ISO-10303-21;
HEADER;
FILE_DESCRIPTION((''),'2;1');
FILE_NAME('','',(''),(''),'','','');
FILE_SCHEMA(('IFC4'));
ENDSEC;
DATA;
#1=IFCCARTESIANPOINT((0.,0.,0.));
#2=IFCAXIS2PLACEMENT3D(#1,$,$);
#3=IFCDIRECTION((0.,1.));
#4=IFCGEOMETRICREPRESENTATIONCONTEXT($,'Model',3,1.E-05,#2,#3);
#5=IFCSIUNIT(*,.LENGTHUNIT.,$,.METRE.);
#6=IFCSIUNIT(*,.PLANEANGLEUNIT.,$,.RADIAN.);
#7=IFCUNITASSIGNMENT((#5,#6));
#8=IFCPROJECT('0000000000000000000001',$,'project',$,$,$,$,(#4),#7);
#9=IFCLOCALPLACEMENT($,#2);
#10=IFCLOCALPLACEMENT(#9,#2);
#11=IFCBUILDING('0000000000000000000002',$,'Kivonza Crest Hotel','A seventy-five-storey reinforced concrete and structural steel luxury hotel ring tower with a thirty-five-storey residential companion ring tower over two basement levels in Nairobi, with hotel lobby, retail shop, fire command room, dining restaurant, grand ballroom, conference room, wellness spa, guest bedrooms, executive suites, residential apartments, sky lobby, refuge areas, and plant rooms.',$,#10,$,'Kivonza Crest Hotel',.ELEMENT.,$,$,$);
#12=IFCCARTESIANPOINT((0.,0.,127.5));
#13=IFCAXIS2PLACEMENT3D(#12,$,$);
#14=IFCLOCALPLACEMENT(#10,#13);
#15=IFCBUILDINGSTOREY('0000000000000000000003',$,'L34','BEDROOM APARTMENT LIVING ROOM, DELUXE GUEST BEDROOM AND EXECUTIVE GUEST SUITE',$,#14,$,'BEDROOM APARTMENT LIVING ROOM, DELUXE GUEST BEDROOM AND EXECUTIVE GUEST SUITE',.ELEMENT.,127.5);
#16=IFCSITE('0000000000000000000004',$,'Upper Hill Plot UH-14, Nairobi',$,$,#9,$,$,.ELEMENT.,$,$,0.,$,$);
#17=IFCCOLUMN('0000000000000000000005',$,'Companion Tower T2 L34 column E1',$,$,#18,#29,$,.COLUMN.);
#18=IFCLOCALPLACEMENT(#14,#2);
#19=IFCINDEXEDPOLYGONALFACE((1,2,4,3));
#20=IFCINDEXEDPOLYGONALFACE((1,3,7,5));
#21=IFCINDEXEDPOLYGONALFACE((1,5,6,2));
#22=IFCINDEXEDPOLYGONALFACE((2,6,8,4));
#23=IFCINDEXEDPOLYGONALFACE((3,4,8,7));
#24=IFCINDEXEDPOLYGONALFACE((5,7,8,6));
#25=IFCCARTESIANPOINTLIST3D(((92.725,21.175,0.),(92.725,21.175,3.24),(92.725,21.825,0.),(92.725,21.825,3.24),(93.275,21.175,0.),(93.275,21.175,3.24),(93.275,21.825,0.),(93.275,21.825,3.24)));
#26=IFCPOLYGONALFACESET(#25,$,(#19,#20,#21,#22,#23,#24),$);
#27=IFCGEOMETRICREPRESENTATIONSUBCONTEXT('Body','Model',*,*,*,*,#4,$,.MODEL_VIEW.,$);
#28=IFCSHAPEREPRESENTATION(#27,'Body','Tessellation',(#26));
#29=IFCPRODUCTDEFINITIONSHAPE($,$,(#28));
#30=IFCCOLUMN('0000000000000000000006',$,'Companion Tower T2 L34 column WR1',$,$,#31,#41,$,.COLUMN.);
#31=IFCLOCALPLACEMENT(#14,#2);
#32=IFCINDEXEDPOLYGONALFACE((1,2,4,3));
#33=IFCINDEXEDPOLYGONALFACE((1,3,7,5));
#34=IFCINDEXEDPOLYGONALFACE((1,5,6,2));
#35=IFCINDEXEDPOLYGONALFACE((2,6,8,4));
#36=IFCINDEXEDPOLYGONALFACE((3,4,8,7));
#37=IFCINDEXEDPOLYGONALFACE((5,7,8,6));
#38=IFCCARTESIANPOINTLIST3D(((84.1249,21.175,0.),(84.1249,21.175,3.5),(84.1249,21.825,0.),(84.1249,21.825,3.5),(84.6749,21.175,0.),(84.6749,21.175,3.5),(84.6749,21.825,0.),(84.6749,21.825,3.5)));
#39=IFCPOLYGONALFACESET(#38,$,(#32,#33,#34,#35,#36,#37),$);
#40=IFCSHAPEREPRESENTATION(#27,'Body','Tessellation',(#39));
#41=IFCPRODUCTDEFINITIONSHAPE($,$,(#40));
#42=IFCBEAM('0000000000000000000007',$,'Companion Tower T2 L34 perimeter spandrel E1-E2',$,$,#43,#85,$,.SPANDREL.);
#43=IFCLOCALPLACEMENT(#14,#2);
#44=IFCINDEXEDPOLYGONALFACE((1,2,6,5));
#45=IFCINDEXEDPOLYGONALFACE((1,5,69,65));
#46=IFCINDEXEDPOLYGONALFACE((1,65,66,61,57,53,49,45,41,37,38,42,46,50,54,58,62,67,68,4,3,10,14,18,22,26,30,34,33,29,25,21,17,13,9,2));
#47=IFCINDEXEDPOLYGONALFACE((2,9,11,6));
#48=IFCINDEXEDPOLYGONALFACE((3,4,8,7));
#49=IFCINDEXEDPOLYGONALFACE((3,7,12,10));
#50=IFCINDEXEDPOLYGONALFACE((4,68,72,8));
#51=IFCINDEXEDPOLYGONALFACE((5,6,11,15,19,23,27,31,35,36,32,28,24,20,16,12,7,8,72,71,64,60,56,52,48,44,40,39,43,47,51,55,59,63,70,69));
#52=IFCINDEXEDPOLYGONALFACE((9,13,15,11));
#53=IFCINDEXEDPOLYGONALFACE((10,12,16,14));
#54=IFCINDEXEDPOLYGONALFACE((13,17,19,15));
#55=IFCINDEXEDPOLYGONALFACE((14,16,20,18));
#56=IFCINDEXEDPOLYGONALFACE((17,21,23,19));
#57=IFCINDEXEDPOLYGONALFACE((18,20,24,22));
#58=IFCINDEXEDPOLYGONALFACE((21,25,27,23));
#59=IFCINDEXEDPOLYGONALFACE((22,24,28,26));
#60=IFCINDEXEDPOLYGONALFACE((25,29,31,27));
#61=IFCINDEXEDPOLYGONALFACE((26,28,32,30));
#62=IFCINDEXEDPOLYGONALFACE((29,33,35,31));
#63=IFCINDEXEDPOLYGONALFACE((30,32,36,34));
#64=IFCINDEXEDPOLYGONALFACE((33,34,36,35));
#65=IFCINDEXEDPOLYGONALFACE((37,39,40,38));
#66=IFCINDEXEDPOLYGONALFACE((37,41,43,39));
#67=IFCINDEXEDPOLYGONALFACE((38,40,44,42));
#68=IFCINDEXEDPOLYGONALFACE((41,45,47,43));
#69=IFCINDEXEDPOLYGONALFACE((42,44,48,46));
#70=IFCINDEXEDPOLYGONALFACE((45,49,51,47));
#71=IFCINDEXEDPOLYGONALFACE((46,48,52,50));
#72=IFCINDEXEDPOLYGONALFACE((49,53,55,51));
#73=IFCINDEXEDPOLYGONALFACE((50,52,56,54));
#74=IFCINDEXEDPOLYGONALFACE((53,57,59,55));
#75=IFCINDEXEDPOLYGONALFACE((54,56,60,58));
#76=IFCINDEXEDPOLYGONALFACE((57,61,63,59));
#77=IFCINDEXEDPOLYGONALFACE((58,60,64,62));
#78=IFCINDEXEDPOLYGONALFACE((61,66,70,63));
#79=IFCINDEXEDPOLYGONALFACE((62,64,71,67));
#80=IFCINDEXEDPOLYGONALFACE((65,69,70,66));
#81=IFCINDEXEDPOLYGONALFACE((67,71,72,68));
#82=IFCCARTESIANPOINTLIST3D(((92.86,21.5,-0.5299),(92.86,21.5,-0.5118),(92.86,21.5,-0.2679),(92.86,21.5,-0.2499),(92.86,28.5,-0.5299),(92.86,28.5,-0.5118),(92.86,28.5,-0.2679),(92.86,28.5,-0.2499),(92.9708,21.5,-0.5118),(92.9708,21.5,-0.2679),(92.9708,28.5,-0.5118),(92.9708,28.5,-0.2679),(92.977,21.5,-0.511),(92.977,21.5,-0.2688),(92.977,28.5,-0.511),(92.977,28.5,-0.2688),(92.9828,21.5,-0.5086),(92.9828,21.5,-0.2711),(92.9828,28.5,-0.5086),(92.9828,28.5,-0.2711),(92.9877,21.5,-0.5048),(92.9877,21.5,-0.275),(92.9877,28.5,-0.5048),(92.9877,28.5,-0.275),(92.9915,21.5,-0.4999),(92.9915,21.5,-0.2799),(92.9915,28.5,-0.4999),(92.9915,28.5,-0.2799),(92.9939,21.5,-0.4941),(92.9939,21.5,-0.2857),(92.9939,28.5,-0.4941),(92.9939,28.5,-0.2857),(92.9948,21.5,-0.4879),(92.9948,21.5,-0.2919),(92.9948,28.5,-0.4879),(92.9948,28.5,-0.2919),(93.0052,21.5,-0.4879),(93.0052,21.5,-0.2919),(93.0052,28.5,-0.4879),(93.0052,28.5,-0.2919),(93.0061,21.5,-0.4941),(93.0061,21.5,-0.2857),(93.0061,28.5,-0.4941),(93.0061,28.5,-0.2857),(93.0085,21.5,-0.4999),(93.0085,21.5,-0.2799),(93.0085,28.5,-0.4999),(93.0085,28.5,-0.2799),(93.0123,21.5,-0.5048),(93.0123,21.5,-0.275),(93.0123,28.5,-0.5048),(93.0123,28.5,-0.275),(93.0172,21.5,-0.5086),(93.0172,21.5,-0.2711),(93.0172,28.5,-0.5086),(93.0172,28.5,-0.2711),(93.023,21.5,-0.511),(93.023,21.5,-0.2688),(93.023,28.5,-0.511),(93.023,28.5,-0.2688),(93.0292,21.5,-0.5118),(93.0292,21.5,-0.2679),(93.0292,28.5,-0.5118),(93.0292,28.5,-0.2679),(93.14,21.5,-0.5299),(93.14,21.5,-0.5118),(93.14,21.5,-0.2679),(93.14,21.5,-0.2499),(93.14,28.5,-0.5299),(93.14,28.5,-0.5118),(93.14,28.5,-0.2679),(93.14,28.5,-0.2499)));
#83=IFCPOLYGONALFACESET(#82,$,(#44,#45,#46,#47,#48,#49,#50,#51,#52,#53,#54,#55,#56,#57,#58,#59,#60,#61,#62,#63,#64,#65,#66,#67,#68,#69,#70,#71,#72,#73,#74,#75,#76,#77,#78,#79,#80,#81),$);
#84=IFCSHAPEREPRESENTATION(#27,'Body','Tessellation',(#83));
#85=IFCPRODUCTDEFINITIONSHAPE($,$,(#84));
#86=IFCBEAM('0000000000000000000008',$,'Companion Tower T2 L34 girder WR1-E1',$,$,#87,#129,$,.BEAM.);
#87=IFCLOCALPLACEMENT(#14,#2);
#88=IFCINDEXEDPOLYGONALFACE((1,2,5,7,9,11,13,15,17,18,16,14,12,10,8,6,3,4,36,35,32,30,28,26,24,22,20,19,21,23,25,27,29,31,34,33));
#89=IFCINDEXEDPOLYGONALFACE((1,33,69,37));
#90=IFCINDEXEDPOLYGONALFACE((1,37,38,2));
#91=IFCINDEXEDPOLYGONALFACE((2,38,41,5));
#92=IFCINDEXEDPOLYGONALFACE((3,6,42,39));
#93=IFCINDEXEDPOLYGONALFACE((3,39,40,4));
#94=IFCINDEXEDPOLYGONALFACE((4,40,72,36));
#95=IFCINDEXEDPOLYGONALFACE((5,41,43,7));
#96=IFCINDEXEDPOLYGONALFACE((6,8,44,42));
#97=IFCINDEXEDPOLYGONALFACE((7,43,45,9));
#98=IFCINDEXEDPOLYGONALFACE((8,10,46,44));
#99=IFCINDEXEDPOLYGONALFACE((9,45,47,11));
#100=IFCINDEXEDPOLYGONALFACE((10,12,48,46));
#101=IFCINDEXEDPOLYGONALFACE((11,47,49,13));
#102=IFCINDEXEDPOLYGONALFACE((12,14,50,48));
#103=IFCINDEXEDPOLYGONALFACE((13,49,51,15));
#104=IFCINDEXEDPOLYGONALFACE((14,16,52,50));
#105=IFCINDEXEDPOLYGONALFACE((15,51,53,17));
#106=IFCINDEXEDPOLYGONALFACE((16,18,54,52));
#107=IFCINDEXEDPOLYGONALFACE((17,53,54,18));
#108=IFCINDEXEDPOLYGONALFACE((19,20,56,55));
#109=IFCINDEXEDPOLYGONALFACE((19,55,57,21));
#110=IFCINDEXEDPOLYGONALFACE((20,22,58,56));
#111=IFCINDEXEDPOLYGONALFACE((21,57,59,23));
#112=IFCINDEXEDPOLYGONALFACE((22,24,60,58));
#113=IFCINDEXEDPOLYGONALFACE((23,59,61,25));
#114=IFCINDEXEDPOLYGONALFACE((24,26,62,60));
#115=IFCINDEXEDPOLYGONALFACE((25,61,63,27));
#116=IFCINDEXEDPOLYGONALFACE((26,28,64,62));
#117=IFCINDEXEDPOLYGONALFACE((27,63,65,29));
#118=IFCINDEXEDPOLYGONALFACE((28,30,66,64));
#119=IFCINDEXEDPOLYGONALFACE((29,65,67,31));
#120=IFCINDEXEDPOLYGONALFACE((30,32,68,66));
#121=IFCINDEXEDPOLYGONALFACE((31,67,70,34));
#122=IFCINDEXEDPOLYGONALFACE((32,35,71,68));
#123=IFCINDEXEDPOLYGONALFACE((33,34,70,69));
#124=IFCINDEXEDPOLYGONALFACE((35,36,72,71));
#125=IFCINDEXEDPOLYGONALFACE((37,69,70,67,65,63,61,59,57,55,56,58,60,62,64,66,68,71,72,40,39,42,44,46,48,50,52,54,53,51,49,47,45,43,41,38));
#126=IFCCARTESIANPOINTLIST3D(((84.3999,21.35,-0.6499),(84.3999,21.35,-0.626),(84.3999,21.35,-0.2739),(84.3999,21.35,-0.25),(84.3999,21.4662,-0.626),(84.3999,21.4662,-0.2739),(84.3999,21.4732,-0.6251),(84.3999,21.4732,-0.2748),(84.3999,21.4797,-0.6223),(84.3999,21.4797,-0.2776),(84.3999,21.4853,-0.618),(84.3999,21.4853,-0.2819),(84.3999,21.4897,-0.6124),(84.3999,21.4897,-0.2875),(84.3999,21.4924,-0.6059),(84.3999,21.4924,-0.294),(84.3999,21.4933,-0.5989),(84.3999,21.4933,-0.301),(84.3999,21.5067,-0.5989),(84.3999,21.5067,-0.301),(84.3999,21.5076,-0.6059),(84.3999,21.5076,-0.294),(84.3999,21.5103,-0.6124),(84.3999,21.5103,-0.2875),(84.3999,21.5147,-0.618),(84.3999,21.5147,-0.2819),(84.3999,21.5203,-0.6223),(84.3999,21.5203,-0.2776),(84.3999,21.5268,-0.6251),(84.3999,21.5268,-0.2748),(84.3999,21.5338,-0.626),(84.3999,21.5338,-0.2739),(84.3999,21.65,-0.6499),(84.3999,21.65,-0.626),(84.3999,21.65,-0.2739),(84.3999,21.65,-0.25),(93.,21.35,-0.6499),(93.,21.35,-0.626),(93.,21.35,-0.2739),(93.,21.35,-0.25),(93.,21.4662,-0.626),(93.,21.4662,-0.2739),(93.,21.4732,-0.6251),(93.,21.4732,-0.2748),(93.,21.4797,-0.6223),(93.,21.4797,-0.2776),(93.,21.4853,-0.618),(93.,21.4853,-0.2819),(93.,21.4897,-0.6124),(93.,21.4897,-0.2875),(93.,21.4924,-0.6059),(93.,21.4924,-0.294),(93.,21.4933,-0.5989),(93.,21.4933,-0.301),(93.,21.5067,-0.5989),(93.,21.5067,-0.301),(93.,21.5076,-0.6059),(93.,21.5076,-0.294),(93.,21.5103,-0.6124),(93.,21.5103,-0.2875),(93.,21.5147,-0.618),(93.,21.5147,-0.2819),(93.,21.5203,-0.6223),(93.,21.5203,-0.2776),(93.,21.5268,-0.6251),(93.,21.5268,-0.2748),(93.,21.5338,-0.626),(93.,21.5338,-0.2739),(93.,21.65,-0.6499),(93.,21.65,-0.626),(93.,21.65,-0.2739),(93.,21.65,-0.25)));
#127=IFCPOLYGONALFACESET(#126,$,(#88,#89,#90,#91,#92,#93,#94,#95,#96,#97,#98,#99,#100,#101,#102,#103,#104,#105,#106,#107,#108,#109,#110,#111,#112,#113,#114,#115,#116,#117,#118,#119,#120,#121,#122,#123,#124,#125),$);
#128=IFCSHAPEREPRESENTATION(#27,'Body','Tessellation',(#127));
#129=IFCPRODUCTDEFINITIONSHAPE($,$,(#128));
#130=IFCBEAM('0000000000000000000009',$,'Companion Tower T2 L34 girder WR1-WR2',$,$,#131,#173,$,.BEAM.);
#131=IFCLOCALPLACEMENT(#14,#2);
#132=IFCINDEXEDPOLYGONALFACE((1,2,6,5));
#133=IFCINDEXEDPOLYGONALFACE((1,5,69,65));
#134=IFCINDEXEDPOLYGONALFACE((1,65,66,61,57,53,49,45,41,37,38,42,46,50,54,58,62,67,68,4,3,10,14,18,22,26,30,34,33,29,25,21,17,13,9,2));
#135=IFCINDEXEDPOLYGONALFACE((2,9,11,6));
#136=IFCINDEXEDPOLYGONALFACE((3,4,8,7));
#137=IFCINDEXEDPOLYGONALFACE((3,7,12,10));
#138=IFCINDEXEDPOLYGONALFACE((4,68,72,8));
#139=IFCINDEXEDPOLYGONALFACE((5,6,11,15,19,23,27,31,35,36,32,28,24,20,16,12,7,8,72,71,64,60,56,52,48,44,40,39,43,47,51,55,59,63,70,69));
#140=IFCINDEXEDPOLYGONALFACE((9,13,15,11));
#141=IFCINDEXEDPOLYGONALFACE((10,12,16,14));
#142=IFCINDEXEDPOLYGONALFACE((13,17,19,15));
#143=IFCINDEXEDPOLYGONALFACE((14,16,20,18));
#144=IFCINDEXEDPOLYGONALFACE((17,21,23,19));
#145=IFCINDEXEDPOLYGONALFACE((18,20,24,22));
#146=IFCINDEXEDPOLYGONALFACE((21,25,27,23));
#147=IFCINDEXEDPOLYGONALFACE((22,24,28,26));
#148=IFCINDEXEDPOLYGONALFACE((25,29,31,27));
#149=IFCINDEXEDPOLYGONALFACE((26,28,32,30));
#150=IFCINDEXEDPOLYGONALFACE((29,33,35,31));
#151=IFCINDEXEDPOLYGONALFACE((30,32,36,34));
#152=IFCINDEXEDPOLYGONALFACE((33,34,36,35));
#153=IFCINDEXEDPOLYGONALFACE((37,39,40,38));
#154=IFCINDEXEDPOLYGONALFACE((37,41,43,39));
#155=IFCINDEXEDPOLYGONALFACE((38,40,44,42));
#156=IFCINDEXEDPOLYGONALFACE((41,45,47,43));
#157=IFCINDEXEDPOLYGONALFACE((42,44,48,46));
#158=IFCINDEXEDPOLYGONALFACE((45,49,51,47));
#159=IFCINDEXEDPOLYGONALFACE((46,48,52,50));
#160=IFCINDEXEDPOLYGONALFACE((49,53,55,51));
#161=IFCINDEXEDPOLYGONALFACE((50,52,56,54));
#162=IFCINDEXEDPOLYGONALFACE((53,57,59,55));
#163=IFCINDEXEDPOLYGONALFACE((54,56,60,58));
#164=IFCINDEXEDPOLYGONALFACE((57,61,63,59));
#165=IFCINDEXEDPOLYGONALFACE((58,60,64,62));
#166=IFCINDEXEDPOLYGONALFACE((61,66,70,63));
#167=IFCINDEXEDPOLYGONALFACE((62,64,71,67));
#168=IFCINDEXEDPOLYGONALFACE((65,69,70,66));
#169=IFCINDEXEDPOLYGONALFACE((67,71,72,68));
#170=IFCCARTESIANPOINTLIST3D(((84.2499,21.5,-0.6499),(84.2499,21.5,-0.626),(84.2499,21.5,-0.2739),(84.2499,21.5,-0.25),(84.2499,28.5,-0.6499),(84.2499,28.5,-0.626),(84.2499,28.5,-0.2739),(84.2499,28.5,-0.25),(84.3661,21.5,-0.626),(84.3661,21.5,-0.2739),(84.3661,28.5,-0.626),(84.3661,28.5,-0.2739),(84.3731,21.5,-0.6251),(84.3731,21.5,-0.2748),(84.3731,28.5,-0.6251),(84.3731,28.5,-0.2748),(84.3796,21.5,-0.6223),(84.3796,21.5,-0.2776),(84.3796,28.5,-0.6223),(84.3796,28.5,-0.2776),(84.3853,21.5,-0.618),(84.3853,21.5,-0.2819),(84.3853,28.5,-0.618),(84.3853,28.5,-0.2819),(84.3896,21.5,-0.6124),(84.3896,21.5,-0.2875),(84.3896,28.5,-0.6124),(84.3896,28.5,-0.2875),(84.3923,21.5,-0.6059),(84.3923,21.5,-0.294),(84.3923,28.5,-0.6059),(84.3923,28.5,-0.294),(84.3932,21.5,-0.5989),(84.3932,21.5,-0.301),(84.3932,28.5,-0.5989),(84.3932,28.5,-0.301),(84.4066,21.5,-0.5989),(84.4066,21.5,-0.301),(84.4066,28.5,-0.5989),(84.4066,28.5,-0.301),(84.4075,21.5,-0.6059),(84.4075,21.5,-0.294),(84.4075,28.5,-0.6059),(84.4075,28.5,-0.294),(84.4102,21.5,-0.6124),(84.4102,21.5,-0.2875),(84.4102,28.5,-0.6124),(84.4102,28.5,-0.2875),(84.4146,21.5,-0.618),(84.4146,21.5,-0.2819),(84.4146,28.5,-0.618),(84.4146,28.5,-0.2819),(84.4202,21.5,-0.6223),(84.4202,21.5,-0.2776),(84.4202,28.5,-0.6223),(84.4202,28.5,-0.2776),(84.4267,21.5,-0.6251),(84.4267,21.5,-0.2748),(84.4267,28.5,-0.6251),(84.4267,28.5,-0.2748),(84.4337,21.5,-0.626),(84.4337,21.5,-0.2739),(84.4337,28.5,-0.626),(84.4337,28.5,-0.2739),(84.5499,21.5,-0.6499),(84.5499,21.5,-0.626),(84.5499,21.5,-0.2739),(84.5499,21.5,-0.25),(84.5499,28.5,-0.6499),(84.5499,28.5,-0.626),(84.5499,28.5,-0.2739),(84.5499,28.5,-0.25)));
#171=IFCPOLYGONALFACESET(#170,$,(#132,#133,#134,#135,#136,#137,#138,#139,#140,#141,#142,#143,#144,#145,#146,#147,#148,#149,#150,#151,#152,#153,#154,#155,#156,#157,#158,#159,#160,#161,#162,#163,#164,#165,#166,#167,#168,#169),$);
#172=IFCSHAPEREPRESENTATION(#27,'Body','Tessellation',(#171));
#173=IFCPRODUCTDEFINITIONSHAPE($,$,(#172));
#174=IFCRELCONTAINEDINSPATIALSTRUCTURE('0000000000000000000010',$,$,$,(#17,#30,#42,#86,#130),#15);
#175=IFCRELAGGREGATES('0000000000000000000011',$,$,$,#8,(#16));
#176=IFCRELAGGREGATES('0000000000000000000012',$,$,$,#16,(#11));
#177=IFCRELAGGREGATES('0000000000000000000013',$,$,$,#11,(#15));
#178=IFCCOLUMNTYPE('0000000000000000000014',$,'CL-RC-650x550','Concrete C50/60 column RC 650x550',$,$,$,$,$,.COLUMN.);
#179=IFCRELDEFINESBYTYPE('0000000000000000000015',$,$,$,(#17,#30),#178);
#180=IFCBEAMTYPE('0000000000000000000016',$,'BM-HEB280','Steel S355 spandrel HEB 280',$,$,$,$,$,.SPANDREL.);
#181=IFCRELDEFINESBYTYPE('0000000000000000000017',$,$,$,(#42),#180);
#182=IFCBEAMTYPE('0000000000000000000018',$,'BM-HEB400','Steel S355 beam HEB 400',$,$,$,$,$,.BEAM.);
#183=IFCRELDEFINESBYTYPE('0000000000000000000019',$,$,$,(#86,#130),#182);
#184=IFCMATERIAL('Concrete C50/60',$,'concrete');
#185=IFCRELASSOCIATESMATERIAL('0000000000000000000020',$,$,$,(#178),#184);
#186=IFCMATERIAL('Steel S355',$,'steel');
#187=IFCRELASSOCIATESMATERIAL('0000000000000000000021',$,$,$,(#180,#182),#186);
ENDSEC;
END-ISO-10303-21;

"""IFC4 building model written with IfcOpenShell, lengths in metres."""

from ifc_helpers import new_model, si_unit, direction, frame, origin, origin_2d, place, context, subcontext, project, spatial, rectangle, i_section, extrude, material, material_profile, profile_set, type_object, element, save


model = new_model("IFC4")

# Units and contexts
model_context = context("Model", 3, precision=1e-05, world=origin(), true_north=direction((0.0, 1.0)))
body_context = subcontext(model_context, "Body", "Model", "MODEL_VIEW")
ifc_project = project(units=[si_unit("LENGTHUNIT", "METRE"), si_unit("PLANEANGLEUNIT", "RADIAN")], contexts=[model_context])

# Site, building, storey
site_placement = place(None, origin())
site = spatial("IfcSite", under=ifc_project, at=site_placement, Name="Upper Hill Plot UH-14, Nairobi", CompositionType="ELEMENT", RefElevation=0.0)
building_placement = place(site_placement, origin())
building = spatial("IfcBuilding", under=site, at=building_placement, Name="Kivonza Crest Hotel", Description="A seventy-five-storey reinforced concrete and structural steel luxury hotel ring tower with a thirty-five-storey residential companion ring tower over two basement levels in Nairobi, with hotel lobby, retail shop, fire command room, dining restaurant, grand ballroom, conference room, wellness spa, guest bedrooms, executive suites, residential apartments, sky lobby, refuge areas, and plant rooms.", LongName="Kivonza Crest Hotel", CompositionType="ELEMENT")
storey_placement = place(building_placement, frame((0.0, 0.0, 127.5)))
storey = spatial("IfcBuildingStorey", under=building, at=storey_placement, Name="L34", Description="BEDROOM APARTMENT LIVING ROOM, DELUXE GUEST BEDROOM AND EXECUTIVE GUEST SUITE", LongName="BEDROOM APARTMENT LIVING ROOM, DELUXE GUEST BEDROOM AND EXECUTIVE GUEST SUITE", CompositionType="ELEMENT", Elevation=127.5)

# Columns
ifc_material_1 = material(Name="Concrete C50/60", Category="concrete")
ifc_material_profile_1 = material_profile(ifc_material_1, rectangle(XDim=0.55, YDim=0.6499, at=origin_2d()), Name="RC 650x550")
ifc_profile_set_1 = profile_set([ifc_material_profile_1], Name="Concrete C50/60")
column_type = type_object("IfcColumnType", Name="CL-RC-650x550", Description="Concrete C50/60 column RC 650x550", PredefinedType="COLUMN", material=ifc_profile_set_1)
column_1_placement = place(storey_placement, frame((93.0, 21.5, 0.0), z_axis=(0.0, 0.0, 1.0), x_axis=(1.0, 0.0, 0.0)))
element("IfcColumn", 1, at=column_1_placement, inside=storey, type_object=column_type, Name="Companion Tower T2 L34 column E1", PredefinedType="COLUMN", context=body_context, shape_type="SweptSolid", body=[
    extrude(rectangle(XDim=0.55, YDim=0.6499, at=origin_2d()), origin(), (0.0, 0.0, 1.0), 3.24),
])
column_2_placement = place(storey_placement, frame((84.3999, 21.5, 0.0), z_axis=(0.0, 0.0, 1.0), x_axis=(1.0, 0.0, 0.0)))
element("IfcColumn", 2, at=column_2_placement, inside=storey, type_object=column_type, Name="Companion Tower T2 L34 column WR1", PredefinedType="COLUMN", context=body_context, shape_type="SweptSolid", body=[
    extrude(rectangle(XDim=0.55, YDim=0.6499, at=origin_2d()), origin(), (0.0, 0.0, 1.0), 3.5),
])

# Beams
ifc_material_2 = material(Name="Steel S355", Category="steel")
ifc_material_profile_2 = material_profile(ifc_material_2, i_section(OverallWidth=0.28, OverallDepth=0.28, WebThickness=0.0105, FlangeThickness=0.0181, FilletRadius=0.0239, at=origin_2d()), Name="HEB 280")
ifc_profile_set_2 = profile_set([ifc_material_profile_2], Name="Steel S355")
beam_type_1 = type_object("IfcBeamType", Name="BM-HEB280", Description="Steel S355 spandrel HEB 280", PredefinedType="SPANDREL", material=ifc_profile_set_2)
beam_1_placement = place(storey_placement, frame((93.0, 21.5, -0.3899), z_axis=(0.0, 1.0, 0.0), x_axis=(-1.0, 0.0, 0.0)))
element("IfcBeam", 3, at=beam_1_placement, inside=storey, type_object=beam_type_1, Name="Companion Tower T2 L34 perimeter spandrel E1-E2", PredefinedType="SPANDREL", context=body_context, shape_type="SweptSolid", body=[
    extrude(i_section(OverallWidth=0.28, OverallDepth=0.28, WebThickness=0.0105, FlangeThickness=0.0181, FilletRadius=0.0239, at=origin_2d()), origin(), (0.0, 0.0, 1.0), 7.0),
])
ifc_material_profile_3 = material_profile(ifc_material_2, i_section(OverallWidth=0.3, OverallDepth=0.3999, WebThickness=0.0134, FlangeThickness=0.0239, FilletRadius=0.0271, at=origin_2d()), Name="HEB 400")
ifc_profile_set_3 = profile_set([ifc_material_profile_3], Name="Steel S355")
beam_type_2 = type_object("IfcBeamType", Name="BM-HEB400", Description="Steel S355 beam HEB 400", PredefinedType="BEAM", material=ifc_profile_set_3)
beam_2_placement = place(storey_placement, frame((84.3999, 21.5, -0.45), z_axis=(1.0, 0.0, 0.0), x_axis=(0.0, 1.0, 0.0)))
element("IfcBeam", 4, at=beam_2_placement, inside=storey, type_object=beam_type_2, Name="Companion Tower T2 L34 girder WR1-E1", PredefinedType="BEAM", context=body_context, shape_type="SweptSolid", body=[
    extrude(i_section(OverallWidth=0.3, OverallDepth=0.3999, WebThickness=0.0134, FlangeThickness=0.0239, FilletRadius=0.0271, at=origin_2d()), origin(), (0.0, 0.0, 1.0), 8.6001),
])
beam_3_placement = place(storey_placement, frame((84.3999, 21.5, -0.45), z_axis=(0.0, 1.0, 0.0), x_axis=(-1.0, 0.0, 0.0)))
element("IfcBeam", 5, at=beam_3_placement, inside=storey, type_object=beam_type_2, Name="Companion Tower T2 L34 girder WR1-WR2", PredefinedType="BEAM", context=body_context, shape_type="SweptSolid", body=[
    extrude(i_section(OverallWidth=0.3, OverallDepth=0.3999, WebThickness=0.0134, FlangeThickness=0.0239, FilletRadius=0.0271, at=origin_2d()), origin(), (0.0, 0.0, 1.0), 7.0),
])

save(model, "model.ifc")
